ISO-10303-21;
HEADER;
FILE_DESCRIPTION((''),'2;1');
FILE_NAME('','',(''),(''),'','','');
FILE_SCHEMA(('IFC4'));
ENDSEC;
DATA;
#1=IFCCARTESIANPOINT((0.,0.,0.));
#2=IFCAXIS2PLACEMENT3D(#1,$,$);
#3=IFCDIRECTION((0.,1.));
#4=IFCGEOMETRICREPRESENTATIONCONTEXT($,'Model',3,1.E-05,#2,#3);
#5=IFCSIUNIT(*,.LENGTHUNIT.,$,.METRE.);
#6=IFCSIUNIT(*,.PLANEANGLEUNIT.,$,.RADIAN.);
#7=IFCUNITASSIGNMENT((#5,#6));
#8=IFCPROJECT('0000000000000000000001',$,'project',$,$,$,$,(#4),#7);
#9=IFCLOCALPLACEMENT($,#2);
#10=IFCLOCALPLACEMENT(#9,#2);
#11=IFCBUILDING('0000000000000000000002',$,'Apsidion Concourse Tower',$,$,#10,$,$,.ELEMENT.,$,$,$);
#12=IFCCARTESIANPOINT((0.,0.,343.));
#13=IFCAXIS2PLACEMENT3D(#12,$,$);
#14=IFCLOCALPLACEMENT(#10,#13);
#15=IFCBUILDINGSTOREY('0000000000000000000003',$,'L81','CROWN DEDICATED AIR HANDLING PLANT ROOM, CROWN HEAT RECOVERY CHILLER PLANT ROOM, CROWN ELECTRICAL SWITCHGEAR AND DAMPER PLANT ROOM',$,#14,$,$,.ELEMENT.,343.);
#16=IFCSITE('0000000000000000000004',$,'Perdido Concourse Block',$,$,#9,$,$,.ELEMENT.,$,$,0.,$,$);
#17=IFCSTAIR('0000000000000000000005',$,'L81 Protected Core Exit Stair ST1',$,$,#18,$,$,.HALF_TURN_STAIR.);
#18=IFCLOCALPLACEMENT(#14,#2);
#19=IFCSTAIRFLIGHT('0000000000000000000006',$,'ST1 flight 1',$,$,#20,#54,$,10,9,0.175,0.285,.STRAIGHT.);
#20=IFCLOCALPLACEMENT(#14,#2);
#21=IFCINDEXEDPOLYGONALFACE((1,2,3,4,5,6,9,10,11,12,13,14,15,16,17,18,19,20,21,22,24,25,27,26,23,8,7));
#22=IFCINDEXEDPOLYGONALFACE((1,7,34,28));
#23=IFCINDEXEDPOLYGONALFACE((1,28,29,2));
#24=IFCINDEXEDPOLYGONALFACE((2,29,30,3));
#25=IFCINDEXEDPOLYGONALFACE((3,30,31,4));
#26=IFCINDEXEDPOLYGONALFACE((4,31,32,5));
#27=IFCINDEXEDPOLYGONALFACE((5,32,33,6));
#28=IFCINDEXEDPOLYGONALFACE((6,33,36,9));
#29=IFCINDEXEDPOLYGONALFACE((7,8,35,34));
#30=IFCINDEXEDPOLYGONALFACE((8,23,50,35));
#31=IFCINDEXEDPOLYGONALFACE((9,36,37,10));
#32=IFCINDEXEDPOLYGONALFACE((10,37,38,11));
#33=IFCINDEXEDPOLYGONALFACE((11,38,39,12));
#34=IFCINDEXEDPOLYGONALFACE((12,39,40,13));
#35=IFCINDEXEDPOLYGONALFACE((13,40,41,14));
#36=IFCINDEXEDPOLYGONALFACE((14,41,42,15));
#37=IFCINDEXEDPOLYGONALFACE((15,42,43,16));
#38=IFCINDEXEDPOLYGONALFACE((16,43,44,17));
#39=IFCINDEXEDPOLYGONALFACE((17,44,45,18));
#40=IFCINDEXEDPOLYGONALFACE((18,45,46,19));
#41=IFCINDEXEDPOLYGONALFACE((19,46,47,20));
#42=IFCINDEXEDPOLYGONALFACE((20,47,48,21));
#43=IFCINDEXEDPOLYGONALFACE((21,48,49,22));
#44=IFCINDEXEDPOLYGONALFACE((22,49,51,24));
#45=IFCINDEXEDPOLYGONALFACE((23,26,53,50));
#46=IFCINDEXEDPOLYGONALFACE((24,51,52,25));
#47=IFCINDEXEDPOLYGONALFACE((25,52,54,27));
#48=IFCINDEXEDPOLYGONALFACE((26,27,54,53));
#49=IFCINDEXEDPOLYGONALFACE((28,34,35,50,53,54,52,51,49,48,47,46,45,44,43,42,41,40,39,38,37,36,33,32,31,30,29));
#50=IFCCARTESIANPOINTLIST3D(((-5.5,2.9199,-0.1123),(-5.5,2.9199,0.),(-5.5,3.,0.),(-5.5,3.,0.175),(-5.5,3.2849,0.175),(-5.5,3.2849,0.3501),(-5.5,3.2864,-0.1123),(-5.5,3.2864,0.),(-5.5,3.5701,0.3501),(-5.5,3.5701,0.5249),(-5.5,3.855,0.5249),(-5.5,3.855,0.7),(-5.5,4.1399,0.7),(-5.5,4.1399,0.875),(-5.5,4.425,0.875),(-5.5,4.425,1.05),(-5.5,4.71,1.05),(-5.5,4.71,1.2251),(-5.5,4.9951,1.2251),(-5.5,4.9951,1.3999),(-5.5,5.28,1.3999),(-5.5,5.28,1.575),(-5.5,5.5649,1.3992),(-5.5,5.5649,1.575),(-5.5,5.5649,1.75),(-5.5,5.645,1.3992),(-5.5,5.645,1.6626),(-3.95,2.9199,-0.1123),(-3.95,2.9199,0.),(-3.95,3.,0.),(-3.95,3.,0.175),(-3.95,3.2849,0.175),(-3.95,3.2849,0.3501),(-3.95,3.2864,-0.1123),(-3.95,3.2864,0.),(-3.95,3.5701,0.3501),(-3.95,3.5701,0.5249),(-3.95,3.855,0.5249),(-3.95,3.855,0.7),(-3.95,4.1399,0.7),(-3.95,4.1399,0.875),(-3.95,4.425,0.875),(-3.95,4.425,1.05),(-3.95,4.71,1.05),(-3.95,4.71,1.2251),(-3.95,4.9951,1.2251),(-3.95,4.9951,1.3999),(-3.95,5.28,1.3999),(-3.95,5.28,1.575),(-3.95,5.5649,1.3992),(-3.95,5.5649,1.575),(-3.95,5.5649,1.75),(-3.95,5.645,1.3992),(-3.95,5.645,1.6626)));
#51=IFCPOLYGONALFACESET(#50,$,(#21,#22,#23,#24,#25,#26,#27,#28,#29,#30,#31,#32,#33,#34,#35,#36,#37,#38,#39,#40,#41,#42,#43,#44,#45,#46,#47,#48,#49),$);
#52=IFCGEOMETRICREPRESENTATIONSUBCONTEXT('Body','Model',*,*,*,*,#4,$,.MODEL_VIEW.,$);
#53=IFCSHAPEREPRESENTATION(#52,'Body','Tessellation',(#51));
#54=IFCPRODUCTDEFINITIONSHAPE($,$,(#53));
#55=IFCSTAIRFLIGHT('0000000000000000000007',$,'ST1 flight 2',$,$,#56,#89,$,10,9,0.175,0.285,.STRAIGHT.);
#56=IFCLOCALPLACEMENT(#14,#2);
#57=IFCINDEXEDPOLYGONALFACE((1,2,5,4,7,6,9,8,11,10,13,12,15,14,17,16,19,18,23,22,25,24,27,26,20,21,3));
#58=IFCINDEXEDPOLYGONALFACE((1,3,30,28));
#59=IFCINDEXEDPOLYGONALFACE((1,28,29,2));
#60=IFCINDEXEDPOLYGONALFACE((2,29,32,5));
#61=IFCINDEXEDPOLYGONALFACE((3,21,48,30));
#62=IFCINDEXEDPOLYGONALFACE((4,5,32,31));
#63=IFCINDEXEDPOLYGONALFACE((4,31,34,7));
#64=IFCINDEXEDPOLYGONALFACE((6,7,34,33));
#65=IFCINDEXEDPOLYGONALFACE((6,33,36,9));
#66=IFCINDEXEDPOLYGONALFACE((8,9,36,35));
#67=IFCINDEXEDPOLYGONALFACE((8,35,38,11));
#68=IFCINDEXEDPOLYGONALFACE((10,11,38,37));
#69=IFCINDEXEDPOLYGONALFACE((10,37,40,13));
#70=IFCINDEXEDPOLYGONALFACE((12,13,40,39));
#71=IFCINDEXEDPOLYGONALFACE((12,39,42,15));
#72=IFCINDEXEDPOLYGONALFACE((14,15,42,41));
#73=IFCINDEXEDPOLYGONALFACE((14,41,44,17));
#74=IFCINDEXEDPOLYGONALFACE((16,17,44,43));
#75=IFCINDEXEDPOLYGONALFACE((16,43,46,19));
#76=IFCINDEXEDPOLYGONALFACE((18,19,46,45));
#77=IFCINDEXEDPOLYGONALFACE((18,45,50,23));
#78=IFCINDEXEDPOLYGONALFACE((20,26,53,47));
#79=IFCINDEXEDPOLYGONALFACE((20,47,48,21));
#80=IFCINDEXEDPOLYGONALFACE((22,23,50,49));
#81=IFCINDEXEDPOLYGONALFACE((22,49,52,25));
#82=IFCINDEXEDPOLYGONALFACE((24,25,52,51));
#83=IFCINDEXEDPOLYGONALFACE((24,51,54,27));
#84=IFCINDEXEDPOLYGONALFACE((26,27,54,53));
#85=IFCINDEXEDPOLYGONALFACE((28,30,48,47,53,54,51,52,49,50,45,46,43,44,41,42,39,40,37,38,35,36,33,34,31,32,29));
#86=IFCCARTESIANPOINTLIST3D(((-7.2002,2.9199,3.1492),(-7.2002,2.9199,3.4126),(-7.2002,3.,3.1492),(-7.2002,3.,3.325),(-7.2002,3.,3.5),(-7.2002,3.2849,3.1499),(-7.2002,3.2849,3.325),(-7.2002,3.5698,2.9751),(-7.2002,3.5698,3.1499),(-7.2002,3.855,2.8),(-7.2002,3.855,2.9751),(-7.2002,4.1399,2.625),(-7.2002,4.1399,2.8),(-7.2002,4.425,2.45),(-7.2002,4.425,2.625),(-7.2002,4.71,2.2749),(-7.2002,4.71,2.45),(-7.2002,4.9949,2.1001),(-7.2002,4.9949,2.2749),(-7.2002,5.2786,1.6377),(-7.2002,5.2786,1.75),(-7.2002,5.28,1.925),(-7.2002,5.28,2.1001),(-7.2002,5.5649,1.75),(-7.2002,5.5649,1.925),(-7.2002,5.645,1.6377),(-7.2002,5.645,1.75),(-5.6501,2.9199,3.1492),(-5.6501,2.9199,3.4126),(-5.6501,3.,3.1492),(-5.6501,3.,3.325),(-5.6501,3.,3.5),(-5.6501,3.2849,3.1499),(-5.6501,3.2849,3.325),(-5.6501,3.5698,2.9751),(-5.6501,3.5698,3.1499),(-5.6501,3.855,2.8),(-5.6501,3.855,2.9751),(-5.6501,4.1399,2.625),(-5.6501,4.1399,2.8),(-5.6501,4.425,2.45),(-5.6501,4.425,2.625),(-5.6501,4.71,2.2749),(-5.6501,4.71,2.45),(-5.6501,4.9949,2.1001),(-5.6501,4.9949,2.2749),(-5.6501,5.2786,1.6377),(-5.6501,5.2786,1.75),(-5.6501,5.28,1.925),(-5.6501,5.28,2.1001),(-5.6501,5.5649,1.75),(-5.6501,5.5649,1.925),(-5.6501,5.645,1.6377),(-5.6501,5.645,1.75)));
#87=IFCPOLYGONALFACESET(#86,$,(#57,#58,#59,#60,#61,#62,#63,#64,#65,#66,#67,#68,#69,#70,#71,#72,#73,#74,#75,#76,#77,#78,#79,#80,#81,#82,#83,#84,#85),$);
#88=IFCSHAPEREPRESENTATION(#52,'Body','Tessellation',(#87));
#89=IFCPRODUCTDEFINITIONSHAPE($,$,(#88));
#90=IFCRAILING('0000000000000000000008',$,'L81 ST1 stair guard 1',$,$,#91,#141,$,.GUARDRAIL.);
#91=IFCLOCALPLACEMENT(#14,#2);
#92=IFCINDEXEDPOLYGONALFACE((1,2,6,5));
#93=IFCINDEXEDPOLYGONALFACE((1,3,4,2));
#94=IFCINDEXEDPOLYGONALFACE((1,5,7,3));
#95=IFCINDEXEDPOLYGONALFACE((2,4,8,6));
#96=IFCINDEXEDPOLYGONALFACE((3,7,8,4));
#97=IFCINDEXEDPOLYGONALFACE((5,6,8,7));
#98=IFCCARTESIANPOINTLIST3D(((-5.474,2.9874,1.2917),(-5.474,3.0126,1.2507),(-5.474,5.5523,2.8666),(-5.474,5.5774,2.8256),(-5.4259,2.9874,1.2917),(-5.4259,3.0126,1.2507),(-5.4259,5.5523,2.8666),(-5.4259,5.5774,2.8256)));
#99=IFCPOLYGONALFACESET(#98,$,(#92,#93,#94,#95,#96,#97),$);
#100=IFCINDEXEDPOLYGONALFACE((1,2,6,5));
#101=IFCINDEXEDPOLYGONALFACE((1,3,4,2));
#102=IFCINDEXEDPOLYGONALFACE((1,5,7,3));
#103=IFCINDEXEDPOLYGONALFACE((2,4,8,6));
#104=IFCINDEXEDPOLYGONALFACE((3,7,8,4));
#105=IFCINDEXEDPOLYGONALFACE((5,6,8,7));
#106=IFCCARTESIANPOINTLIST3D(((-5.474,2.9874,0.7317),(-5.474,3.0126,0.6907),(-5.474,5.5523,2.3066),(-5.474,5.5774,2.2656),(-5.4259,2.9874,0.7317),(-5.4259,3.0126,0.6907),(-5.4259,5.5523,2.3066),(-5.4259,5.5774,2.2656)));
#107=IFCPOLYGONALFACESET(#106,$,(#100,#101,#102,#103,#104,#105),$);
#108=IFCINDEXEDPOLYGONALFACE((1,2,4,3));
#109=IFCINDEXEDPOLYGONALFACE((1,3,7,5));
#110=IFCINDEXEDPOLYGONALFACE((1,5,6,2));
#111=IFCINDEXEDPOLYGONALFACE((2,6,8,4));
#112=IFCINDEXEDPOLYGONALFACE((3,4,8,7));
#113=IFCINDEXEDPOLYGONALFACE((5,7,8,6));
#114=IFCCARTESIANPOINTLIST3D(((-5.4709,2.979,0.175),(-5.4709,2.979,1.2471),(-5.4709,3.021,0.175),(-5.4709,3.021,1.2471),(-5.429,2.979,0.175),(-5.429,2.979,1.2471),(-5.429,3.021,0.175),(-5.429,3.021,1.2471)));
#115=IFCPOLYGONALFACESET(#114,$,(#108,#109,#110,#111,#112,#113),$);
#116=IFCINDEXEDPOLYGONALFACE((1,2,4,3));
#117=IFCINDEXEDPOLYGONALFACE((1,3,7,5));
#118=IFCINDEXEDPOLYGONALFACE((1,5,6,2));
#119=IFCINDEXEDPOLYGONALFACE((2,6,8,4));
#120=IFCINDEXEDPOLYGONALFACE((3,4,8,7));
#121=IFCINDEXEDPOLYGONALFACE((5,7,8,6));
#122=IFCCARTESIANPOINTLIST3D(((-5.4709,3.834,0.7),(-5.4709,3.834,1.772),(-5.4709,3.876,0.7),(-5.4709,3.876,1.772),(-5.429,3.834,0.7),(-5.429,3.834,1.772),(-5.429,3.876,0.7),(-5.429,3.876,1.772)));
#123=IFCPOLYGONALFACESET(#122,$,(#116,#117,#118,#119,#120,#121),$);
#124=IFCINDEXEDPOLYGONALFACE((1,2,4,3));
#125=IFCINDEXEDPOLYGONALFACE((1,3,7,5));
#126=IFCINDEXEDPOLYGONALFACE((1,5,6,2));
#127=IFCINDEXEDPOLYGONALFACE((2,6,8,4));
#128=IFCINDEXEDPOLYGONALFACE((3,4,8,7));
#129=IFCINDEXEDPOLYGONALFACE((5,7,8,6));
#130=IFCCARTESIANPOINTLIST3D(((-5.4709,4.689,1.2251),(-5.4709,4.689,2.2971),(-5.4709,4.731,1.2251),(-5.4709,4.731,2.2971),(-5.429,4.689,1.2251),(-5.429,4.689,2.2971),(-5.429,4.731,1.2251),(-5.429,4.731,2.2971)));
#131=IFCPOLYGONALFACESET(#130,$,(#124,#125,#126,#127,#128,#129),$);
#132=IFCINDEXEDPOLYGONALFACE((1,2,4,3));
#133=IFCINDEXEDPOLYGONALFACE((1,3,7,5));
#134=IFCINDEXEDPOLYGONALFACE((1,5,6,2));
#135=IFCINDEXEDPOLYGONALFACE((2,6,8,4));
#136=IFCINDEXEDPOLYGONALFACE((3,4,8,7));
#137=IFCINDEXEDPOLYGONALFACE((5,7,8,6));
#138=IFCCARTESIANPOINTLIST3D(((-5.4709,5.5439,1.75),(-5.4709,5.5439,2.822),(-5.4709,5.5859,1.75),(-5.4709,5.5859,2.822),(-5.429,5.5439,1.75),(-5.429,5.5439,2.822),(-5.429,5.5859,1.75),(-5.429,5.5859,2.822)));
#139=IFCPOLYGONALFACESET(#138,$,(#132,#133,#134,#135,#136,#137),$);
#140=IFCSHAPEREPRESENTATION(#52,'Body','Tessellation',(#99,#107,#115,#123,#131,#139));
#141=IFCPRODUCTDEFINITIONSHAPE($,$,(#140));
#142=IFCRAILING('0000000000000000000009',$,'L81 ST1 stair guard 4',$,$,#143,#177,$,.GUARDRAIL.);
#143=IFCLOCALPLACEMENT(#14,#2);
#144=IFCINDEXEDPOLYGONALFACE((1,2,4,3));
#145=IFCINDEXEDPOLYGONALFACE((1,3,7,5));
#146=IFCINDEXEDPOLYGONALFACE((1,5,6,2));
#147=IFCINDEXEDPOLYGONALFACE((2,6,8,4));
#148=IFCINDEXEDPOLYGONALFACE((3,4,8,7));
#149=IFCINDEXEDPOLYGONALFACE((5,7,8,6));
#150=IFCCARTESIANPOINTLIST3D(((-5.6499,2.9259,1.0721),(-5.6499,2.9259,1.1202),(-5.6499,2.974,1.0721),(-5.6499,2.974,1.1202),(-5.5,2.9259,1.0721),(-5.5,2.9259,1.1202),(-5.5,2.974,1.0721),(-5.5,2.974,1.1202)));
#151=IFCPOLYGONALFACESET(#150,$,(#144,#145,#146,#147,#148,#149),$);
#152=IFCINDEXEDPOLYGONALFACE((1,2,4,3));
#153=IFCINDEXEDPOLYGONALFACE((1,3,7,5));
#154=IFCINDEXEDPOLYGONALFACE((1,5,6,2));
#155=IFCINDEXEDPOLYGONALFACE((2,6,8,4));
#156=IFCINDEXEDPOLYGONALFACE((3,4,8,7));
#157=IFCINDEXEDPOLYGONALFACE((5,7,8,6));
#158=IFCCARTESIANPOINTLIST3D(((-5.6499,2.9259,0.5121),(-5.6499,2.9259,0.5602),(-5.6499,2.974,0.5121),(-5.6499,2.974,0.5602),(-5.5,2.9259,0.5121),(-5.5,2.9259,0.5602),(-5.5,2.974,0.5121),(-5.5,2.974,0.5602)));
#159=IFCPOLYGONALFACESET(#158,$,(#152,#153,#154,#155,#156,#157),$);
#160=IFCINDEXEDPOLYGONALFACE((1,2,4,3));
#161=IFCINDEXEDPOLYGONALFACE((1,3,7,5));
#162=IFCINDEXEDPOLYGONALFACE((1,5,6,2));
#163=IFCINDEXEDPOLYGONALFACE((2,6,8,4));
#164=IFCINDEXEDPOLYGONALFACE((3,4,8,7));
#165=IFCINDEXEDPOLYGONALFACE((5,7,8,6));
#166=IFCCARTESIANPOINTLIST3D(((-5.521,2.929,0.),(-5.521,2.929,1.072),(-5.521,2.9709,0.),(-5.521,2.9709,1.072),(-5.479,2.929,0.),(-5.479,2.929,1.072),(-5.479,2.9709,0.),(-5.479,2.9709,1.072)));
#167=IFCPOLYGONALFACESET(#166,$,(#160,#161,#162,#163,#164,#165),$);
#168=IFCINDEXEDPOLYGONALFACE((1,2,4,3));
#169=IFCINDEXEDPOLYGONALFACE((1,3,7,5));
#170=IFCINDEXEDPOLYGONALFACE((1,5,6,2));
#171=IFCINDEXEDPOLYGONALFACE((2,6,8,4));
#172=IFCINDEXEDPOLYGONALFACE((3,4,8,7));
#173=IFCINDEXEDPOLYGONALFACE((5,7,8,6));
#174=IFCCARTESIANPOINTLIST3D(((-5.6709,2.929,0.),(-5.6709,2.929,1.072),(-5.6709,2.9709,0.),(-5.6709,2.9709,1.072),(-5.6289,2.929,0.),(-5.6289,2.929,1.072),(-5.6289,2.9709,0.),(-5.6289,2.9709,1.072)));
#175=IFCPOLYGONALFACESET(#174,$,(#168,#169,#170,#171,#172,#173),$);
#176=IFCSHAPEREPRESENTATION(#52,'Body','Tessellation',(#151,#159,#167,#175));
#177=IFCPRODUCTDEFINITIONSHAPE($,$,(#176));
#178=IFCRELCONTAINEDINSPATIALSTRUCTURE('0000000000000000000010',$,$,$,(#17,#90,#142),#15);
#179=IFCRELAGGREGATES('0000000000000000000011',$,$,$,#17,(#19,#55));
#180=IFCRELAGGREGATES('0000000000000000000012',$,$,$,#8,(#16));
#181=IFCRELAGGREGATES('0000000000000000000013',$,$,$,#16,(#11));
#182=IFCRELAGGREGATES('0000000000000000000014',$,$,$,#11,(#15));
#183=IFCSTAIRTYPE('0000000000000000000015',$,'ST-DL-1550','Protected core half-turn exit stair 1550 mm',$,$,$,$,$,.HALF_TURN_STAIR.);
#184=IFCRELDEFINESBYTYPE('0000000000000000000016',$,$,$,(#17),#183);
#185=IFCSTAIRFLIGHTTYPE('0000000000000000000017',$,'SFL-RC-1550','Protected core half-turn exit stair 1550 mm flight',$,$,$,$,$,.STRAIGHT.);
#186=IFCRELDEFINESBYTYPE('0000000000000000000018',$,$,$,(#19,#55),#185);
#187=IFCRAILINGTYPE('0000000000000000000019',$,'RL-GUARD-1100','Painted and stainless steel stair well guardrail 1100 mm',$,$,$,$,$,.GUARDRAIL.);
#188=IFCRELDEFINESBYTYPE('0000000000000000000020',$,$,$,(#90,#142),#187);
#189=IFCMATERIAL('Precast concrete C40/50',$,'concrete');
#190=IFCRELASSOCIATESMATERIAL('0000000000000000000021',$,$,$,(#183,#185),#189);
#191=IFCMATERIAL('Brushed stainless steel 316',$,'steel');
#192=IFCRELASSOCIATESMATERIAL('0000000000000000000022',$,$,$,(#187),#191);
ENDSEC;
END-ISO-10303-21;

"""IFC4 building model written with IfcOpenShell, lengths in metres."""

from ifc_helpers import new_model, si_unit, direction, frame, origin, origin_2d, place, context, subcontext, project, spatial, polyline, rectangle, outline, extrude, material, type_object, element, aggregate, save


model = new_model("IFC4")

# Units and contexts
model_context = context("Model", 3, precision=1e-05, world=origin(), true_north=direction((0.0, 1.0)))
body_context = subcontext(model_context, "Body", "Model", "MODEL_VIEW")
ifc_project = project(units=[si_unit("LENGTHUNIT", "METRE"), si_unit("PLANEANGLEUNIT", "RADIAN")], contexts=[model_context])

# Site, building, storey
site_placement = place(None, origin())
site = spatial("IfcSite", under=ifc_project, at=site_placement, Name="Perdido Concourse Block", CompositionType="ELEMENT", RefElevation=0.0)
building_placement = place(site_placement, origin())
building = spatial("IfcBuilding", under=site, at=building_placement, Name="Apsidion Concourse Tower", CompositionType="ELEMENT")
storey_placement = place(building_placement, frame((0.0, 0.0, 343.0)))
storey = spatial("IfcBuildingStorey", under=building, at=storey_placement, Name="L81", Description="CROWN DEDICATED AIR HANDLING PLANT ROOM, CROWN HEAT RECOVERY CHILLER PLANT ROOM, CROWN ELECTRICAL SWITCHGEAR AND DAMPER PLANT ROOM", CompositionType="ELEMENT", Elevation=343.0)

# Shared definitions
ifc_material_1 = material(Name="Precast concrete C40/50", Category="concrete")

# Shared definitions
ifc_material_2 = material(Name="Brushed stainless steel 316", Category="steel")

# Stair, stair flights
stair_type = type_object("IfcStairType", Name="ST-DL-1550", Description="Protected core half-turn exit stair 1550 mm", PredefinedType="HALF_TURN_STAIR", material=ifc_material_1)
stair_placement = place(storey_placement, origin())
stair = element("IfcStair", 1, at=stair_placement, inside=storey, type_object=stair_type, Name="L81 Protected Core Exit Stair ST1", PredefinedType="HALF_TURN_STAIR")
stair_flight_type = type_object("IfcStairFlightType", Name="SFL-RC-1550", Description="Protected core half-turn exit stair 1550 mm flight", PredefinedType="STRAIGHT", material=ifc_material_1)
stair_flight_1_placement = place(storey_placement, frame((-4.7251, 3.0, 0.0), z_axis=(0.0, 0.0, 1.0), x_axis=(0.0, 1.0, 0.0)))
stair_flight_1 = element("IfcStairFlight", 2, at=stair_flight_1_placement, type_object=stair_flight_type, Name="ST1 flight 1", NumberOfRisers=10, NumberOfTreads=9, PredefinedType="STRAIGHT", RiserHeight=0.175, TreadLength=0.285, context=body_context, shape_type="SweptSolid", body=[
    extrude(outline(polyline([(-0.0801, -0.1123), (-0.0801, 0.0), (0.0, 0.0), (0.0, 0.175), (0.2849, 0.175), (0.2849, 0.3501), (0.5701, 0.3501), (0.5701, 0.5249), (0.855, 0.5249), (0.855, 0.7), (1.1399, 0.7), (1.1399, 0.875), (1.425, 0.875), (1.425, 1.05), (1.71, 1.05), (1.71, 1.2251), (1.9951, 1.2251), (1.9951, 1.3999), (2.28, 1.3999), (2.28, 1.575), (2.5649, 1.575), (2.5649, 1.75), (2.645, 1.6626), (2.645, 1.3992), (2.5649, 1.3992), (0.2864, 0.0), (0.2864, -0.1123), (-0.0801, -0.1123)])), frame((0.0, 0.7749, 0.0), z_axis=(0.0, -1.0, 0.0), x_axis=(1.0, 0.0, 0.0)), (0.0, 0.0, 1.0), 1.55),
])
stair_flight_2_placement = place(storey_placement, frame((-6.425, 5.5649, 1.75), z_axis=(0.0, 0.0, 1.0), x_axis=(0.0, -1.0, 0.0)))
stair_flight_2 = element("IfcStairFlight", 3, at=stair_flight_2_placement, type_object=stair_flight_type, Name="ST1 flight 2", NumberOfRisers=10, NumberOfTreads=9, PredefinedType="STRAIGHT", RiserHeight=0.175, TreadLength=0.285, context=body_context, shape_type="SweptSolid", body=[
    extrude(outline(polyline([(-0.0801, -0.1123), (-0.0801, 0.0), (0.0, 0.0), (0.0, 0.175), (0.2849, 0.175), (0.2849, 0.3501), (0.5701, 0.3501), (0.5701, 0.5249), (0.855, 0.5249), (0.855, 0.7), (1.1399, 0.7), (1.1399, 0.875), (1.425, 0.875), (1.425, 1.05), (1.71, 1.05), (1.71, 1.2251), (1.9951, 1.2251), (1.9951, 1.3999), (2.28, 1.3999), (2.28, 1.575), (2.5649, 1.575), (2.5649, 1.75), (2.645, 1.6626), (2.645, 1.3992), (2.5649, 1.3992), (0.2864, 0.0), (0.2864, -0.1123), (-0.0801, -0.1123)])), frame((0.0, 0.7749, 0.0), z_axis=(0.0, -1.0, 0.0), x_axis=(1.0, 0.0, 0.0)), (0.0, 0.0, 1.0), 1.55),
])
aggregate(stair, [stair_flight_1, stair_flight_2])

# Railings
railing_type_1 = type_object("IfcRailingType", Name="RL-GUARD-1100", Description="Painted and stainless steel stair well guardrail 1100 mm", PredefinedType="GUARDRAIL", material=ifc_material_2)
railing_1_placement = place(storey_placement, frame((-5.45, 3.0, 0.175)))
element("IfcRailing", 4, at=railing_1_placement, inside=storey, type_object=railing_type_1, Name="L81 ST1 stair guard 1", PredefinedType="GUARDRAIL", context=body_context, shape_type="SweptSolid", body=[
    extrude(rectangle(XDim=0.0481, YDim=0.0481, at=origin_2d()), frame((0.0, 0.0, 1.0962), z_axis=(0.0, 0.852173, 0.52326), x_axis=(-1.0, 0.0, 0.0)), (0.0, 0.0, 1.0), 3.0098),
    extrude(rectangle(XDim=0.0481, YDim=0.0481, at=origin_2d()), frame((0.0, 0.0, 0.5361), z_axis=(0.0, 0.852173, 0.52326), x_axis=(-1.0, 0.0, 0.0)), (0.0, 0.0, 1.0), 3.0098),
    extrude(rectangle(XDim=0.042, YDim=0.042, at=origin_2d()), origin(), (0.0, 0.0, 1.0), 1.072),
    extrude(rectangle(XDim=0.042, YDim=0.042, at=origin_2d()), frame((0.0, 0.855, 0.5249)), (0.0, 0.0, 1.0), 1.072),
    extrude(rectangle(XDim=0.042, YDim=0.042, at=origin_2d()), frame((0.0, 1.71, 1.05)), (0.0, 0.0, 1.0), 1.072),
    extrude(rectangle(XDim=0.042, YDim=0.042, at=origin_2d()), frame((0.0, 2.5649, 1.575)), (0.0, 0.0, 1.0), 1.072),
])
railing_2_placement = place(storey_placement, frame((-5.5, 2.95, 0.0)))
element("IfcRailing", 5, at=railing_2_placement, inside=storey, type_object=railing_type_1, Name="L81 ST1 stair guard 4", PredefinedType="GUARDRAIL", context=body_context, shape_type="SweptSolid", body=[
    extrude(rectangle(XDim=0.0481, YDim=0.0481, at=origin_2d()), frame((0.0, 0.0, 1.0962), z_axis=(-1.0, 0.0, 0.0), x_axis=(0.0, -1.0, 0.0)), (0.0, 0.0, 1.0), 0.1499),
    extrude(rectangle(XDim=0.0481, YDim=0.0481, at=origin_2d()), frame((0.0, 0.0, 0.5361), z_axis=(-1.0, 0.0, 0.0), x_axis=(0.0, -1.0, 0.0)), (0.0, 0.0, 1.0), 0.1499),
    extrude(rectangle(XDim=0.042, YDim=0.042, at=origin_2d()), origin(), (0.0, 0.0, 1.0), 1.072),
    extrude(rectangle(XDim=0.042, YDim=0.042, at=origin_2d()), frame((-0.1499, 0.0, 0.0)), (0.0, 0.0, 1.0), 1.072),
])

save(model, "model.ifc")
